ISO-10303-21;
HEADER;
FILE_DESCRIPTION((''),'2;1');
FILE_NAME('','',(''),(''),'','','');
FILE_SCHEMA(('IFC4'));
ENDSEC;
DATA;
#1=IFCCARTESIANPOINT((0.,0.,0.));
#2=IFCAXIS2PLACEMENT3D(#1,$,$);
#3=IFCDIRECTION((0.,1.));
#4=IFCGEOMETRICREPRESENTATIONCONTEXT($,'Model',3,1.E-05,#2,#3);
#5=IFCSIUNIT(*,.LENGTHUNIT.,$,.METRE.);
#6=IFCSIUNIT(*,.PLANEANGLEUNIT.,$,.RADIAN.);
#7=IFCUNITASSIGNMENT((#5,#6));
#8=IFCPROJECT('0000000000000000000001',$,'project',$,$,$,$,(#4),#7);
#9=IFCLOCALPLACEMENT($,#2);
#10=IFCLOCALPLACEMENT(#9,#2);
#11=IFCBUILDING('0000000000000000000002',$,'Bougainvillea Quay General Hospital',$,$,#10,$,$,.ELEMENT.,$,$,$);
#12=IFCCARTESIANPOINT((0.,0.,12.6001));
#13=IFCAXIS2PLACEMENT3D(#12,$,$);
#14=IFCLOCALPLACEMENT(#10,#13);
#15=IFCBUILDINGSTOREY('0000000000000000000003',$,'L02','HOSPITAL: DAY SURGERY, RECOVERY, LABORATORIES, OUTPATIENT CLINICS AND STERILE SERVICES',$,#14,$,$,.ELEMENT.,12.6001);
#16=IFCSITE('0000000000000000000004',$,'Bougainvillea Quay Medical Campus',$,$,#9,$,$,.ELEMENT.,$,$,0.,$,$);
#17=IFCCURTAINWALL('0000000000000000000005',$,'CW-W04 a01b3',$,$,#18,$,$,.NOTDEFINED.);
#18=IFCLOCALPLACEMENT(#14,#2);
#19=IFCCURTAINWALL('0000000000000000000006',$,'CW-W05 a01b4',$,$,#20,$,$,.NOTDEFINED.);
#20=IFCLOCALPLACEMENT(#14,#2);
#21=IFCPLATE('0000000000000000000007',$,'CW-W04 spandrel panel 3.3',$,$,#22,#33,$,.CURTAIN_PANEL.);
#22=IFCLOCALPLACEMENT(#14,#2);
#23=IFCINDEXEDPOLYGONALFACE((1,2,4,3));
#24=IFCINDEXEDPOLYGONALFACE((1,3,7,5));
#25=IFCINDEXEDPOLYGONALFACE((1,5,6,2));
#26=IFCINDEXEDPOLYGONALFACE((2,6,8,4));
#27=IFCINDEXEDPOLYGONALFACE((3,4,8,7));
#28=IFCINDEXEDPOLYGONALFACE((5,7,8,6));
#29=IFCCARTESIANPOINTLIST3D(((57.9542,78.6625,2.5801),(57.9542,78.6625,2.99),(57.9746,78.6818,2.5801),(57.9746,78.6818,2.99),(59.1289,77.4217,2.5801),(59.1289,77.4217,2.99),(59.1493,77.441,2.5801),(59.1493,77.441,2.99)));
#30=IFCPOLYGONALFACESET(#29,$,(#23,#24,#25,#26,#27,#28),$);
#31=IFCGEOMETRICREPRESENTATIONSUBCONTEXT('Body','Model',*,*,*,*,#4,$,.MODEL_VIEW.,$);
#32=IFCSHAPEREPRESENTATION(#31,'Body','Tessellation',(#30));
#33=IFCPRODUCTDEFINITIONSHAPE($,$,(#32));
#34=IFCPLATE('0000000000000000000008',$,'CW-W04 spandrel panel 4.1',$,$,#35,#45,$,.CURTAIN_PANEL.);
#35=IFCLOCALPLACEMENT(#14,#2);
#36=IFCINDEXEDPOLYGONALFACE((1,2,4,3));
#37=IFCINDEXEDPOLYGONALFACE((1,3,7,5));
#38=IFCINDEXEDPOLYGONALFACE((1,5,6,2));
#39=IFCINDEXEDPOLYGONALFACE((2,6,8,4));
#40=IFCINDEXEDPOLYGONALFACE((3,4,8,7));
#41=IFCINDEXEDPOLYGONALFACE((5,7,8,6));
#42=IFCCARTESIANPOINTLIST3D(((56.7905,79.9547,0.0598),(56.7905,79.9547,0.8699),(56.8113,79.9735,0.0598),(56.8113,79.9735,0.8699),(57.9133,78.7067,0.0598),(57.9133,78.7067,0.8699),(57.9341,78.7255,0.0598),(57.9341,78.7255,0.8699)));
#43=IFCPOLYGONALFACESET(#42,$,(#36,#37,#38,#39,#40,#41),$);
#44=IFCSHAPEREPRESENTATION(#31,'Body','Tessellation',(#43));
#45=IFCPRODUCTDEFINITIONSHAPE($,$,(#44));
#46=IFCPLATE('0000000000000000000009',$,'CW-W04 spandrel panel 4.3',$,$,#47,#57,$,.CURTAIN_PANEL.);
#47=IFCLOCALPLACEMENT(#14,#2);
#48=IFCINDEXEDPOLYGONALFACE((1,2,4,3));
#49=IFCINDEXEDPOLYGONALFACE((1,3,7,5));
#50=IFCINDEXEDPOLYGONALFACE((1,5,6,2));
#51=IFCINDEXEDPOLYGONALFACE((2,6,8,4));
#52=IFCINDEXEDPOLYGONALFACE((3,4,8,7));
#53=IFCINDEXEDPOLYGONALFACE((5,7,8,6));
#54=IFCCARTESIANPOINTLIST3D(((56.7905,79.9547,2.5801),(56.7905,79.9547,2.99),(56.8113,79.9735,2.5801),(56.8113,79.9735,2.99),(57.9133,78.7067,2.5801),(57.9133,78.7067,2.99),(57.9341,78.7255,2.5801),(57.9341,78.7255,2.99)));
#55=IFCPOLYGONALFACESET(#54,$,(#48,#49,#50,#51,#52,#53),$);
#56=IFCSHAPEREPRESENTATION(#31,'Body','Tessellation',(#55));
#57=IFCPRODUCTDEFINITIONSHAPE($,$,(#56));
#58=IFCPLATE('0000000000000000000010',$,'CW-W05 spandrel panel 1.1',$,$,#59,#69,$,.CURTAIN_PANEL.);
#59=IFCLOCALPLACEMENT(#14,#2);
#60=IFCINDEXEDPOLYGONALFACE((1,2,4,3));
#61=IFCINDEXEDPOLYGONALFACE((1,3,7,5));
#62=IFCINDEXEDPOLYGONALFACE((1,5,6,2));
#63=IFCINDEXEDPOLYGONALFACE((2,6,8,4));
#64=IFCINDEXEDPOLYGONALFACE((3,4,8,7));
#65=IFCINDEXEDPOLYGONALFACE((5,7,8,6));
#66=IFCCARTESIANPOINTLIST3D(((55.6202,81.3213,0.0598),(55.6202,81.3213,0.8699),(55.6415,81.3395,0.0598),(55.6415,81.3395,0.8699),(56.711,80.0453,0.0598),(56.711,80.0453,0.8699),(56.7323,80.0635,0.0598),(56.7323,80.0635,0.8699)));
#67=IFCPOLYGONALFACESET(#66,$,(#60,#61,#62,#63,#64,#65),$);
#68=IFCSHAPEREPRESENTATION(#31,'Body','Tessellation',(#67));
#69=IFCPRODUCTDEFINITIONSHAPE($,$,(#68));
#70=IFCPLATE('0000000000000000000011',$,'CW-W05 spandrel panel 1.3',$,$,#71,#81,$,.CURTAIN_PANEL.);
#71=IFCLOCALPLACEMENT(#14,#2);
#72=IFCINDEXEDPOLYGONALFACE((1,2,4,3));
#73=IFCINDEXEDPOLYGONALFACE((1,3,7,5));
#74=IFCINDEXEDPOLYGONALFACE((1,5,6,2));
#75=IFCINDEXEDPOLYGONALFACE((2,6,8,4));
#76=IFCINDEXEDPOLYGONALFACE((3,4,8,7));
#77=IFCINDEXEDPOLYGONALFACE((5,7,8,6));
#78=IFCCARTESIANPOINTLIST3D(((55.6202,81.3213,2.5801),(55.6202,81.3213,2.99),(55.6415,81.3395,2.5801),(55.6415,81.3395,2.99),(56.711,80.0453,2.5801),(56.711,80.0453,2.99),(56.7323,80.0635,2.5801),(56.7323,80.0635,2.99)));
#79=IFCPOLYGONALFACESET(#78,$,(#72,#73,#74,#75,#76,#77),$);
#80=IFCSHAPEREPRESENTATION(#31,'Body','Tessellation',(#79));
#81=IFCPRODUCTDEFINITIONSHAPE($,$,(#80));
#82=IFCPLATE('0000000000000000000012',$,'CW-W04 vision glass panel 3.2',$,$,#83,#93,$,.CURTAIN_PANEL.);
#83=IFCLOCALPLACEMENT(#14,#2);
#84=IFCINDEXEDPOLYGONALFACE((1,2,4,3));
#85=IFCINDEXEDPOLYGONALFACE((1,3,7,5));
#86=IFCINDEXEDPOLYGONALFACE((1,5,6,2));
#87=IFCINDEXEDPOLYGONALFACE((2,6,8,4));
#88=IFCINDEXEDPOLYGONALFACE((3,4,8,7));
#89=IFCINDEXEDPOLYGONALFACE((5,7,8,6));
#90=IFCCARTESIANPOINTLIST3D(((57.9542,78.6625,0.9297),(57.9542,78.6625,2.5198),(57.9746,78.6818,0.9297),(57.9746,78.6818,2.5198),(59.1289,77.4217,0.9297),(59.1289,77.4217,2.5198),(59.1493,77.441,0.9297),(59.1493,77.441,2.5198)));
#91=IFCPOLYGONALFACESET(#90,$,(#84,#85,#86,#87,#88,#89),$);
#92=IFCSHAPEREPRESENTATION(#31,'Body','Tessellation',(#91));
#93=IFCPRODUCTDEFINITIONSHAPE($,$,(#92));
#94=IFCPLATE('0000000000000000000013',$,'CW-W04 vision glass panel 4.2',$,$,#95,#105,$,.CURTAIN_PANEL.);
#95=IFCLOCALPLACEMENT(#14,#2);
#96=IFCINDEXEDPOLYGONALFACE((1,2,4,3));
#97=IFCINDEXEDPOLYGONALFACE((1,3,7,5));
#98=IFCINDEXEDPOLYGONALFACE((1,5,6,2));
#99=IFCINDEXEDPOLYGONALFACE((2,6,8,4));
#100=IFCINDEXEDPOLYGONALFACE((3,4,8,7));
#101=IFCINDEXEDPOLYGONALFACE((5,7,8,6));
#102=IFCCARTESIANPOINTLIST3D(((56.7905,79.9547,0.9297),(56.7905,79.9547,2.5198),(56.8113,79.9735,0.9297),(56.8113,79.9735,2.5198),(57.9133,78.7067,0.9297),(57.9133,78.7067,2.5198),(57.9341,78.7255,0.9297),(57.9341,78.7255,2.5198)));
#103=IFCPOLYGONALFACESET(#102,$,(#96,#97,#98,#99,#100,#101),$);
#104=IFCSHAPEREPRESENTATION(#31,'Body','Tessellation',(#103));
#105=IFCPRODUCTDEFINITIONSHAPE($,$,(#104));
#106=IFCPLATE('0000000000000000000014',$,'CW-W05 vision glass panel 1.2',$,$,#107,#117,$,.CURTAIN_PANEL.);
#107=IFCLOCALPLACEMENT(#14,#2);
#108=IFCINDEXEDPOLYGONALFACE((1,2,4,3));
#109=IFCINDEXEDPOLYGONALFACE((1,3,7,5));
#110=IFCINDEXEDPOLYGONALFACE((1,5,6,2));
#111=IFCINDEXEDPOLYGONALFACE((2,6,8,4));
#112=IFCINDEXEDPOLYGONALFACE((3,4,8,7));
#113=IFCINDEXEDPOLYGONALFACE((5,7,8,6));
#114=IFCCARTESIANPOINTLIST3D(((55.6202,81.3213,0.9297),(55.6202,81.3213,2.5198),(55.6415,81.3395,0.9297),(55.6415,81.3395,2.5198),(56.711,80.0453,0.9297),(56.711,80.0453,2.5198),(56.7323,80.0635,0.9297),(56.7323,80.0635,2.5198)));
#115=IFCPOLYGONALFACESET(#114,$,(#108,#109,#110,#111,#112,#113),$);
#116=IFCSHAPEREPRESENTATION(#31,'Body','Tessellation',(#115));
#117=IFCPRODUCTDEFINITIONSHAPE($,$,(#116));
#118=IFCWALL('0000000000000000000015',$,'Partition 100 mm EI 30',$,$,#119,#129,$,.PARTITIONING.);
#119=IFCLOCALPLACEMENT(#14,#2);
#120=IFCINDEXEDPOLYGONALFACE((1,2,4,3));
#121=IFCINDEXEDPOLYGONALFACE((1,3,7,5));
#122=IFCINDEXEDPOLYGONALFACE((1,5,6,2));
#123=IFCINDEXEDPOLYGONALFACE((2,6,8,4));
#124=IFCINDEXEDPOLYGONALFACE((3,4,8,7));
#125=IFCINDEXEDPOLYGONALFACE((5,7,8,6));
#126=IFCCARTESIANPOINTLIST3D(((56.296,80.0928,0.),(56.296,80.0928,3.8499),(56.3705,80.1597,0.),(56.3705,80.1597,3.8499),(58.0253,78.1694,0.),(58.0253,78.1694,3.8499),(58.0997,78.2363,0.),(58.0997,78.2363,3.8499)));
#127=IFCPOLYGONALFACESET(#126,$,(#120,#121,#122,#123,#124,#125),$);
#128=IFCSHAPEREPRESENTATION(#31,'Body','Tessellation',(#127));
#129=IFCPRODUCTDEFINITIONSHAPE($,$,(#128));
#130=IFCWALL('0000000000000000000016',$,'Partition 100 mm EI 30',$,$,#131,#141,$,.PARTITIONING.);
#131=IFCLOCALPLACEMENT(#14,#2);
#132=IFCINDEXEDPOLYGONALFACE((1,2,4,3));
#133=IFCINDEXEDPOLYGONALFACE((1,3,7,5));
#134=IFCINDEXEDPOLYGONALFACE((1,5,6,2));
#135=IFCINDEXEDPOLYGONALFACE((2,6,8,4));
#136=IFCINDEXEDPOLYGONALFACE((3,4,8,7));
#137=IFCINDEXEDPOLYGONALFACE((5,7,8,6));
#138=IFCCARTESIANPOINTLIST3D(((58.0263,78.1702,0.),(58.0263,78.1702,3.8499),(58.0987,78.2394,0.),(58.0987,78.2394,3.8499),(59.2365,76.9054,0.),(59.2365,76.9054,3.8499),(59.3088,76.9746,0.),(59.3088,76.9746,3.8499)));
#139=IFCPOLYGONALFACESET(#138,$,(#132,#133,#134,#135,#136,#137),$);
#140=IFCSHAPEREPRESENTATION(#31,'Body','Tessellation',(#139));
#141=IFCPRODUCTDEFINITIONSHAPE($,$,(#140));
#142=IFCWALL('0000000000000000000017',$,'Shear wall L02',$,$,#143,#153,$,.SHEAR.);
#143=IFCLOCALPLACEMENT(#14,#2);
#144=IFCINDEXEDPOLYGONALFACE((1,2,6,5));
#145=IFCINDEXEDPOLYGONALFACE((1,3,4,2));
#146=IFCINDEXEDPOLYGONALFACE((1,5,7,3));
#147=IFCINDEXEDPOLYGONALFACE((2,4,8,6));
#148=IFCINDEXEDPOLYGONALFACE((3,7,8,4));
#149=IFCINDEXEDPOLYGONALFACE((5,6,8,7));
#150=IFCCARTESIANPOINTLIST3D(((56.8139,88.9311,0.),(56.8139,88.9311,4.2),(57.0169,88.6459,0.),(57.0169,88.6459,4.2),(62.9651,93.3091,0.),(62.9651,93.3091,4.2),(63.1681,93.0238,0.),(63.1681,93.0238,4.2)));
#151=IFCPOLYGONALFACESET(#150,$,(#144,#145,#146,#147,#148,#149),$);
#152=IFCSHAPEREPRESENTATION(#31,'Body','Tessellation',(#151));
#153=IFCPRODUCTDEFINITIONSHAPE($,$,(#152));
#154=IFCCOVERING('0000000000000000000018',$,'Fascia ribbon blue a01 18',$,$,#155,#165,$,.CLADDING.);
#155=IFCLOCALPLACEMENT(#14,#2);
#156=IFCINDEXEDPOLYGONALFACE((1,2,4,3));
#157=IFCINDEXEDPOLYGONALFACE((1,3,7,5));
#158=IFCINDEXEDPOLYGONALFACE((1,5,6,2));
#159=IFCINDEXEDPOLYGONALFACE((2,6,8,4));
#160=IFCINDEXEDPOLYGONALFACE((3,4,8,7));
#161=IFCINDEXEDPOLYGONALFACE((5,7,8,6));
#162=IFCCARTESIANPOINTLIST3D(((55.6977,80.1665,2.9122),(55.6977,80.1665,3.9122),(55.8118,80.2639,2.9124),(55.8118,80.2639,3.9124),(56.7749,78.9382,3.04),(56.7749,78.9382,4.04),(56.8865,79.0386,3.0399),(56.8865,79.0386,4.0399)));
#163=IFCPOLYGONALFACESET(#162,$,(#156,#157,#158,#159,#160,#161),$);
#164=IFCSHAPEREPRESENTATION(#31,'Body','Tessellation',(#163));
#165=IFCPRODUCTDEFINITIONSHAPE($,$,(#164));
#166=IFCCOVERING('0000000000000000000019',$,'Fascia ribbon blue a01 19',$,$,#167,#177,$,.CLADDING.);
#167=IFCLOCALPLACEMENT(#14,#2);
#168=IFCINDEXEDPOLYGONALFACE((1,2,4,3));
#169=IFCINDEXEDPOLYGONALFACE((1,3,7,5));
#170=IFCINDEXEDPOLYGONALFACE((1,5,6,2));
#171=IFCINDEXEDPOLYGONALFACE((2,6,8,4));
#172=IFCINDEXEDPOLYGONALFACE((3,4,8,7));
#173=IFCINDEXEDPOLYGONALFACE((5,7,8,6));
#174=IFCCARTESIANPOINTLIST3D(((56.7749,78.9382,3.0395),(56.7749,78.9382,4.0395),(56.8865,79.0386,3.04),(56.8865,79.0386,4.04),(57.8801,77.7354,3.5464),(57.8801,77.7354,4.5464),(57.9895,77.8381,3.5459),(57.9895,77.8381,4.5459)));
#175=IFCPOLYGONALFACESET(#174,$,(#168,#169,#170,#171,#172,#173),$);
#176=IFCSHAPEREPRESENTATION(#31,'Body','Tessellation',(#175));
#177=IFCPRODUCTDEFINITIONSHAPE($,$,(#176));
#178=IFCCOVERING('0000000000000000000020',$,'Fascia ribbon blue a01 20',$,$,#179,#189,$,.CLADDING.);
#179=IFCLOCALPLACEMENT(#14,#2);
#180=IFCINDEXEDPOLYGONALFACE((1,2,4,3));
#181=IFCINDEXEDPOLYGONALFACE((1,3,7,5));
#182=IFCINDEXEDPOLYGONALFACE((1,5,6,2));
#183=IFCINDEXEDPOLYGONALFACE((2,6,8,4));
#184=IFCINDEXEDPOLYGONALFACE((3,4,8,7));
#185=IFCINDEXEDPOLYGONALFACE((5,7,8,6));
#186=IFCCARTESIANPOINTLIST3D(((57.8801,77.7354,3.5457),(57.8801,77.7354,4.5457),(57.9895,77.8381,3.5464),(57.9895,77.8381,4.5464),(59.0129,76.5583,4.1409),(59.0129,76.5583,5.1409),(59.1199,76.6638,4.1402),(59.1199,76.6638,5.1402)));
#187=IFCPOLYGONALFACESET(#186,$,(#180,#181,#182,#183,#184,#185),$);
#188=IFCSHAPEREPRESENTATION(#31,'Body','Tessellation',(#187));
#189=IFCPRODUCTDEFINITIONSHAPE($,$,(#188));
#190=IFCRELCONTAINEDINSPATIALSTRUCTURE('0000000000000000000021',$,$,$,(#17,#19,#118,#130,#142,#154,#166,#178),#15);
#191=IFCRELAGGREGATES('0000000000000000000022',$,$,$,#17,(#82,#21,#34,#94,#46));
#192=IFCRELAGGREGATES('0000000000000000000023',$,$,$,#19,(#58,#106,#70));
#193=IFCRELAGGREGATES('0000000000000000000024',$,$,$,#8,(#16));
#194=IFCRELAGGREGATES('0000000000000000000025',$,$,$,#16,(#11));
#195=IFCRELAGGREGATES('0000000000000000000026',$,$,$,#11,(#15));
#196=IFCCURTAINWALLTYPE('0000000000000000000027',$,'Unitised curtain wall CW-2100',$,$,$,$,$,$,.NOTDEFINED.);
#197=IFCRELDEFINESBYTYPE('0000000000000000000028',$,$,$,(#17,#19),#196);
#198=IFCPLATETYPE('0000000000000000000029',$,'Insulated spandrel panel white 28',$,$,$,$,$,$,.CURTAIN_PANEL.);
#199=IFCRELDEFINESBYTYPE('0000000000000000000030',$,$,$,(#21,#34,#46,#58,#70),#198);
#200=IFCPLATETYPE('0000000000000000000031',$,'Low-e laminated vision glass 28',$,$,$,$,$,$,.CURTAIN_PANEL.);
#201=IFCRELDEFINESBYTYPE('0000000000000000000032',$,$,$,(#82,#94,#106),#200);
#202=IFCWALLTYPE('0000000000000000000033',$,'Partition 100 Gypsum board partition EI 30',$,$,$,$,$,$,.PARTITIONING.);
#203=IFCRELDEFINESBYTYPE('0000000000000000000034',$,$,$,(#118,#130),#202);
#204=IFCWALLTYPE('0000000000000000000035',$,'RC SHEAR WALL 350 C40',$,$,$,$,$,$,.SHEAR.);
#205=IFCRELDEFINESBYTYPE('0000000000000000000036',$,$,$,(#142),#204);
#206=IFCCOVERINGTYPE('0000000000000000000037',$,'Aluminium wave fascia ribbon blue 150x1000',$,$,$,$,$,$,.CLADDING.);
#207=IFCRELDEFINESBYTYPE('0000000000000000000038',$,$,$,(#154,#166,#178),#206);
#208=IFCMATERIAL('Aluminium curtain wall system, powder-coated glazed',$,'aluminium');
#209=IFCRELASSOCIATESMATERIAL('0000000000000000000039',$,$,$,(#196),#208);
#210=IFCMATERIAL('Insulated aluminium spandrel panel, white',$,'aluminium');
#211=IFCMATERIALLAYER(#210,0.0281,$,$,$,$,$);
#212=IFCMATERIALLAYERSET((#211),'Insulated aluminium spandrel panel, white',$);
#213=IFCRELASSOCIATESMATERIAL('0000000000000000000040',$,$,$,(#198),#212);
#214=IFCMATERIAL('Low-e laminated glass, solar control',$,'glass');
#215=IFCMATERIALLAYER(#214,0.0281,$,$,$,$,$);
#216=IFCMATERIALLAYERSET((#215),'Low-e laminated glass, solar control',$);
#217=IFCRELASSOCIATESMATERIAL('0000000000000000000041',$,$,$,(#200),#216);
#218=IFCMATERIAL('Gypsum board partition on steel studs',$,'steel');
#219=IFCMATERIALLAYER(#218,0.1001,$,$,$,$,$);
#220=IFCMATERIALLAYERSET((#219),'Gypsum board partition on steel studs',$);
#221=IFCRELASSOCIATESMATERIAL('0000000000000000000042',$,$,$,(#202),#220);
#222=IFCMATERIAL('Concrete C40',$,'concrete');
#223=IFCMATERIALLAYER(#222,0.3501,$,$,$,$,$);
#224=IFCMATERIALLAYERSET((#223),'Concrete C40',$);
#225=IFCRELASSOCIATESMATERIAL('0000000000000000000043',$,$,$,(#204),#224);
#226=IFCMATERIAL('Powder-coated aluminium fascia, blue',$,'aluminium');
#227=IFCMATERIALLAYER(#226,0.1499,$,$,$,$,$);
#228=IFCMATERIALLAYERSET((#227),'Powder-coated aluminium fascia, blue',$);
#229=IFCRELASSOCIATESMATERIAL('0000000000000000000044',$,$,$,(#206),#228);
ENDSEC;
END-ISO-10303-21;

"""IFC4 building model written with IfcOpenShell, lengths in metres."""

from ifc_helpers import new_model, si_unit, direction, frame, frame_2d, origin, origin_2d, place, context, subcontext, project, spatial, polyline, rectangle, outline, extrude, material, layer, layer_set, type_object, element, aggregate, save


model = new_model("IFC4")

# Units and contexts
model_context = context("Model", 3, precision=1e-05, world=origin(), true_north=direction((0.0, 1.0)))
body_context = subcontext(model_context, "Body", "Model", "MODEL_VIEW")
ifc_project = project(units=[si_unit("LENGTHUNIT", "METRE"), si_unit("PLANEANGLEUNIT", "RADIAN")], contexts=[model_context])

# Site, building, storey
site_placement = place(None, origin())
site = spatial("IfcSite", under=ifc_project, at=site_placement, Name="Bougainvillea Quay Medical Campus", CompositionType="ELEMENT", RefElevation=0.0)
building_placement = place(site_placement, origin())
building = spatial("IfcBuilding", under=site, at=building_placement, Name="Bougainvillea Quay General Hospital", CompositionType="ELEMENT")
storey_placement = place(building_placement, frame((0.0, 0.0, 12.6001)))
storey = spatial("IfcBuildingStorey", under=building, at=storey_placement, Name="L02", Description="HOSPITAL: DAY SURGERY, RECOVERY, LABORATORIES, OUTPATIENT CLINICS AND STERILE SERVICES", CompositionType="ELEMENT", Elevation=12.6001)

# Shared definitions
ifc_material_1 = material(Name="Concrete C40", Category="concrete")

# Curtain walls
ifc_material_2 = material(Name="Aluminium curtain wall system, powder-coated glazed", Category="aluminium")
curtain_wall_type = type_object("IfcCurtainWallType", Name="Unitised curtain wall CW-2100", PredefinedType="NOTDEFINED", material=ifc_material_2)
curtain_wall_1_placement = place(storey_placement, origin())
curtain_wall_1 = element("IfcCurtainWall", 1, at=curtain_wall_1_placement, inside=storey, type_object=curtain_wall_type, Name="CW-W04 a01b3", PredefinedType="NOTDEFINED")
curtain_wall_2_placement = place(storey_placement, origin())
curtain_wall_2 = element("IfcCurtainWall", 2, at=curtain_wall_2_placement, inside=storey, type_object=curtain_wall_type, Name="CW-W05 a01b4", PredefinedType="NOTDEFINED")

# Plates
ifc_material_3 = material(Name="Insulated aluminium spandrel panel, white", Category="aluminium")
ifc_layer_1 = layer(ifc_material_3, 0.0281)
ifc_layer_set_1 = layer_set([ifc_layer_1], Name="Insulated aluminium spandrel panel, white")
plate_type_1 = type_object("IfcPlateType", Name="Insulated spandrel panel white 28", PredefinedType="CURTAIN_PANEL", material=ifc_layer_set_1)
plate_1_placement = place(storey_placement, frame((58.5518, 78.0518, 2.5801), z_axis=(0.0, 0.0, 1.0), x_axis=(-0.687487, 0.726197, 0.0)))
plate_1 = element("IfcPlate", 3, at=plate_1_placement, type_object=plate_type_1, Name="CW-W04 spandrel panel 3.3", PredefinedType="CURTAIN_PANEL", context=body_context, shape_type="SweptSolid", body=[
    extrude(rectangle(XDim=1.7087, YDim=0.0281, at=origin_2d()), origin(), (0.0, 0.0, 1.0), 0.4099),
])
plate_2_placement = place(storey_placement, frame((57.3623, 79.3401, 0.0598), z_axis=(0.0, 0.0, 1.0), x_axis=(-0.668852, 0.743396, 0.0)))
plate_2 = element("IfcPlate", 4, at=plate_2_placement, type_object=plate_type_1, Name="CW-W04 spandrel panel 4.1", PredefinedType="CURTAIN_PANEL", context=body_context, shape_type="SweptSolid", body=[
    extrude(rectangle(XDim=1.6787, YDim=0.0281, at=origin_2d()), origin(), (0.0, 0.0, 1.0), 0.8101),
])
plate_3_placement = place(storey_placement, frame((57.3623, 79.3401, 2.5801), z_axis=(0.0, 0.0, 1.0), x_axis=(-0.668852, 0.743396, 0.0)))
plate_3 = element("IfcPlate", 5, at=plate_3_placement, type_object=plate_type_1, Name="CW-W04 spandrel panel 4.3", PredefinedType="CURTAIN_PANEL", context=body_context, shape_type="SweptSolid", body=[
    extrude(rectangle(XDim=1.6787, YDim=0.0281, at=origin_2d()), origin(), (0.0, 0.0, 1.0), 0.4099),
])
plate_4_placement = place(storey_placement, frame((56.1763, 80.6924, 0.0598), z_axis=(0.0, 0.0, 1.0), x_axis=(-0.649786, 0.760117, 0.0)))
plate_4 = element("IfcPlate", 6, at=plate_4_placement, type_object=plate_type_1, Name="CW-W05 spandrel panel 1.1", PredefinedType="CURTAIN_PANEL", context=body_context, shape_type="SweptSolid", body=[
    extrude(rectangle(XDim=1.6787, YDim=0.0281, at=origin_2d()), origin(), (0.0, 0.0, 1.0), 0.8101),
])
plate_5_placement = place(storey_placement, frame((56.1763, 80.6924, 2.5801), z_axis=(0.0, 0.0, 1.0), x_axis=(-0.649786, 0.760117, 0.0)))
plate_5 = element("IfcPlate", 7, at=plate_5_placement, type_object=plate_type_1, Name="CW-W05 spandrel panel 1.3", PredefinedType="CURTAIN_PANEL", context=body_context, shape_type="SweptSolid", body=[
    extrude(rectangle(XDim=1.6787, YDim=0.0281, at=origin_2d()), origin(), (0.0, 0.0, 1.0), 0.4099),
])
ifc_material_4 = material(Name="Low-e laminated glass, solar control", Category="glass")
ifc_layer_2 = layer(ifc_material_4, 0.0281)
ifc_layer_set_2 = layer_set([ifc_layer_2], Name="Low-e laminated glass, solar control")
plate_type_2 = type_object("IfcPlateType", Name="Low-e laminated vision glass 28", PredefinedType="CURTAIN_PANEL", material=ifc_layer_set_2)
plate_6_placement = place(storey_placement, frame((58.5518, 78.0518, 0.9297), z_axis=(0.0, 0.0, 1.0), x_axis=(-0.687487, 0.726197, 0.0)))
plate_6 = element("IfcPlate", 8, at=plate_6_placement, type_object=plate_type_2, Name="CW-W04 vision glass panel 3.2", PredefinedType="CURTAIN_PANEL", context=body_context, shape_type="SweptSolid", body=[
    extrude(rectangle(XDim=1.7087, YDim=0.0281, at=origin_2d()), origin(), (0.0, 0.0, 1.0), 1.5901),
])
plate_7_placement = place(storey_placement, frame((57.3623, 79.3401, 0.9297), z_axis=(0.0, 0.0, 1.0), x_axis=(-0.668852, 0.743396, 0.0)))
plate_7 = element("IfcPlate", 9, at=plate_7_placement, type_object=plate_type_2, Name="CW-W04 vision glass panel 4.2", PredefinedType="CURTAIN_PANEL", context=body_context, shape_type="SweptSolid", body=[
    extrude(rectangle(XDim=1.6787, YDim=0.0281, at=origin_2d()), origin(), (0.0, 0.0, 1.0), 1.5901),
])
aggregate(curtain_wall_1, [plate_6, plate_1, plate_2, plate_7, plate_3])
plate_8_placement = place(storey_placement, frame((56.1763, 80.6924, 0.9297), z_axis=(0.0, 0.0, 1.0), x_axis=(-0.649786, 0.760117, 0.0)))
plate_8 = element("IfcPlate", 10, at=plate_8_placement, type_object=plate_type_2, Name="CW-W05 vision glass panel 1.2", PredefinedType="CURTAIN_PANEL", context=body_context, shape_type="SweptSolid", body=[
    extrude(rectangle(XDim=1.6787, YDim=0.0281, at=origin_2d()), origin(), (0.0, 0.0, 1.0), 1.5901),
])
aggregate(curtain_wall_2, [plate_4, plate_8, plate_5])

# Walls
ifc_material_5 = material(Name="Gypsum board partition on steel studs", Category="steel")
ifc_layer_3 = layer(ifc_material_5, 0.1001)
ifc_layer_set_3 = layer_set([ifc_layer_3], Name="Gypsum board partition on steel studs")
wall_type_1 = type_object("IfcWallType", Name="Partition 100 Gypsum board partition EI 30", PredefinedType="PARTITIONING", material=ifc_layer_set_3)
wall_1_placement = place(storey_placement, frame((56.3333, 80.1262, 0.0), z_axis=(0.0, 0.0, 1.0), x_axis=(0.668589, -0.743632, 0.0)))
element("IfcWall", 11, at=wall_1_placement, inside=storey, type_object=wall_type_1, Name="Partition 100 mm EI 30", PredefinedType="PARTITIONING", context=body_context, shape_type="SweptSolid", body=[
    extrude(rectangle(XDim=2.5864, YDim=0.1001, at=frame_2d((1.2932, 0.0))), origin(), (0.0, 0.0, 1.0), 3.8499),
])
wall_2_placement = place(storey_placement, frame((58.0625, 78.2048, 0.0), z_axis=(0.0, 0.0, 1.0), x_axis=(0.691314, -0.722554, 0.0)))
element("IfcWall", 12, at=wall_2_placement, inside=storey, type_object=wall_type_1, Name="Partition 100 mm EI 30", PredefinedType="PARTITIONING", context=body_context, shape_type="SweptSolid", body=[
    extrude(rectangle(XDim=1.7505, YDim=0.1001, at=frame_2d((0.8752, 0.0))), origin(), (0.0, 0.0, 1.0), 3.8499),
])
ifc_layer_4 = layer(ifc_material_1, 0.3501)
ifc_layer_set_4 = layer_set([ifc_layer_4], Name="Concrete C40")
wall_type_2 = type_object("IfcWallType", Name="RC SHEAR WALL 350 C40", PredefinedType="SHEAR", material=ifc_layer_set_4)
wall_3_placement = place(storey_placement, frame((56.9155, 88.7886, 0.0), z_axis=(0.0, 0.0, 1.0), x_axis=(0.814718, 0.579858, 0.0)))
element("IfcWall", 13, at=wall_3_placement, inside=storey, type_object=wall_type_2, Name="Shear wall L02", PredefinedType="SHEAR", context=body_context, shape_type="SweptSolid", body=[
    extrude(rectangle(XDim=7.55, YDim=0.3501, at=frame_2d((3.7749, 0.0))), origin(), (0.0, 0.0, 1.0), 4.2),
])

# Coverings
ifc_material_6 = material(Name="Powder-coated aluminium fascia, blue", Category="aluminium")
ifc_layer_5 = layer(ifc_material_6, 0.1499)
ifc_layer_set_5 = layer_set([ifc_layer_5], Name="Powder-coated aluminium fascia, blue")
covering_type = type_object("IfcCoveringType", Name="Aluminium wave fascia ribbon blue 150x1000", PredefinedType="CLADDING", material=ifc_layer_set_5)
covering_1_placement = place(storey_placement, frame((55.8118, 80.2639, 2.9124), z_axis=(-0.051425, 0.058662, 0.996952), x_axis=(0.657375, -0.749515, 0.078011)))
element("IfcCovering", 14, at=covering_1_placement, inside=storey, type_object=covering_type, Name="Fascia ribbon blue a01 18", PredefinedType="CLADDING", context=body_context, shape_type="SweptSolid", body=[
    extrude(outline(polyline([(0.0, 0.0), (1.6348, 0.0), (1.6367, -0.15), (-0.002, -0.1499), (0.0, 0.0)])), origin(), (0.078011, -0.00002, 0.996952), 1.0),
])
covering_2_placement = place(storey_placement, frame((56.8865, 79.0386, 3.04), z_axis=(-0.200564, 0.218161, 0.955081), x_axis=(0.646207, -0.703276, 0.296344)))
element("IfcCovering", 15, at=covering_2_placement, inside=storey, type_object=covering_type, Name="Fascia ribbon blue a01 19", PredefinedType="CLADDING", context=body_context, shape_type="SweptSolid", body=[
    extrude(outline(polyline([(0.0, 0.0), (1.7069, 0.0), (1.7087, -0.1501), (-0.0017, -0.15), (0.0, 0.0)])), origin(), (0.296344, 0.000074, 0.955081), 1.0),
])
covering_3_placement = place(storey_placement, frame((57.9895, 77.8381, 3.5464), z_axis=(-0.237412, 0.246597, 0.939588), x_axis=(0.651602, -0.676934, 0.342308)))
element("IfcCovering", 16, at=covering_3_placement, inside=storey, type_object=covering_type, Name="Fascia ribbon blue a01 20", PredefinedType="CLADDING", context=body_context, shape_type="SweptSolid", body=[
    extrude(outline(polyline([(0.0, 0.0), (1.7347, 0.0), (1.7367, -0.1502), (-0.0019, -0.1501), (0.0, 0.0)])), origin(), (0.342308, 0.000029, 0.939588), 1.0),
])

save(model, "model.ifc")
